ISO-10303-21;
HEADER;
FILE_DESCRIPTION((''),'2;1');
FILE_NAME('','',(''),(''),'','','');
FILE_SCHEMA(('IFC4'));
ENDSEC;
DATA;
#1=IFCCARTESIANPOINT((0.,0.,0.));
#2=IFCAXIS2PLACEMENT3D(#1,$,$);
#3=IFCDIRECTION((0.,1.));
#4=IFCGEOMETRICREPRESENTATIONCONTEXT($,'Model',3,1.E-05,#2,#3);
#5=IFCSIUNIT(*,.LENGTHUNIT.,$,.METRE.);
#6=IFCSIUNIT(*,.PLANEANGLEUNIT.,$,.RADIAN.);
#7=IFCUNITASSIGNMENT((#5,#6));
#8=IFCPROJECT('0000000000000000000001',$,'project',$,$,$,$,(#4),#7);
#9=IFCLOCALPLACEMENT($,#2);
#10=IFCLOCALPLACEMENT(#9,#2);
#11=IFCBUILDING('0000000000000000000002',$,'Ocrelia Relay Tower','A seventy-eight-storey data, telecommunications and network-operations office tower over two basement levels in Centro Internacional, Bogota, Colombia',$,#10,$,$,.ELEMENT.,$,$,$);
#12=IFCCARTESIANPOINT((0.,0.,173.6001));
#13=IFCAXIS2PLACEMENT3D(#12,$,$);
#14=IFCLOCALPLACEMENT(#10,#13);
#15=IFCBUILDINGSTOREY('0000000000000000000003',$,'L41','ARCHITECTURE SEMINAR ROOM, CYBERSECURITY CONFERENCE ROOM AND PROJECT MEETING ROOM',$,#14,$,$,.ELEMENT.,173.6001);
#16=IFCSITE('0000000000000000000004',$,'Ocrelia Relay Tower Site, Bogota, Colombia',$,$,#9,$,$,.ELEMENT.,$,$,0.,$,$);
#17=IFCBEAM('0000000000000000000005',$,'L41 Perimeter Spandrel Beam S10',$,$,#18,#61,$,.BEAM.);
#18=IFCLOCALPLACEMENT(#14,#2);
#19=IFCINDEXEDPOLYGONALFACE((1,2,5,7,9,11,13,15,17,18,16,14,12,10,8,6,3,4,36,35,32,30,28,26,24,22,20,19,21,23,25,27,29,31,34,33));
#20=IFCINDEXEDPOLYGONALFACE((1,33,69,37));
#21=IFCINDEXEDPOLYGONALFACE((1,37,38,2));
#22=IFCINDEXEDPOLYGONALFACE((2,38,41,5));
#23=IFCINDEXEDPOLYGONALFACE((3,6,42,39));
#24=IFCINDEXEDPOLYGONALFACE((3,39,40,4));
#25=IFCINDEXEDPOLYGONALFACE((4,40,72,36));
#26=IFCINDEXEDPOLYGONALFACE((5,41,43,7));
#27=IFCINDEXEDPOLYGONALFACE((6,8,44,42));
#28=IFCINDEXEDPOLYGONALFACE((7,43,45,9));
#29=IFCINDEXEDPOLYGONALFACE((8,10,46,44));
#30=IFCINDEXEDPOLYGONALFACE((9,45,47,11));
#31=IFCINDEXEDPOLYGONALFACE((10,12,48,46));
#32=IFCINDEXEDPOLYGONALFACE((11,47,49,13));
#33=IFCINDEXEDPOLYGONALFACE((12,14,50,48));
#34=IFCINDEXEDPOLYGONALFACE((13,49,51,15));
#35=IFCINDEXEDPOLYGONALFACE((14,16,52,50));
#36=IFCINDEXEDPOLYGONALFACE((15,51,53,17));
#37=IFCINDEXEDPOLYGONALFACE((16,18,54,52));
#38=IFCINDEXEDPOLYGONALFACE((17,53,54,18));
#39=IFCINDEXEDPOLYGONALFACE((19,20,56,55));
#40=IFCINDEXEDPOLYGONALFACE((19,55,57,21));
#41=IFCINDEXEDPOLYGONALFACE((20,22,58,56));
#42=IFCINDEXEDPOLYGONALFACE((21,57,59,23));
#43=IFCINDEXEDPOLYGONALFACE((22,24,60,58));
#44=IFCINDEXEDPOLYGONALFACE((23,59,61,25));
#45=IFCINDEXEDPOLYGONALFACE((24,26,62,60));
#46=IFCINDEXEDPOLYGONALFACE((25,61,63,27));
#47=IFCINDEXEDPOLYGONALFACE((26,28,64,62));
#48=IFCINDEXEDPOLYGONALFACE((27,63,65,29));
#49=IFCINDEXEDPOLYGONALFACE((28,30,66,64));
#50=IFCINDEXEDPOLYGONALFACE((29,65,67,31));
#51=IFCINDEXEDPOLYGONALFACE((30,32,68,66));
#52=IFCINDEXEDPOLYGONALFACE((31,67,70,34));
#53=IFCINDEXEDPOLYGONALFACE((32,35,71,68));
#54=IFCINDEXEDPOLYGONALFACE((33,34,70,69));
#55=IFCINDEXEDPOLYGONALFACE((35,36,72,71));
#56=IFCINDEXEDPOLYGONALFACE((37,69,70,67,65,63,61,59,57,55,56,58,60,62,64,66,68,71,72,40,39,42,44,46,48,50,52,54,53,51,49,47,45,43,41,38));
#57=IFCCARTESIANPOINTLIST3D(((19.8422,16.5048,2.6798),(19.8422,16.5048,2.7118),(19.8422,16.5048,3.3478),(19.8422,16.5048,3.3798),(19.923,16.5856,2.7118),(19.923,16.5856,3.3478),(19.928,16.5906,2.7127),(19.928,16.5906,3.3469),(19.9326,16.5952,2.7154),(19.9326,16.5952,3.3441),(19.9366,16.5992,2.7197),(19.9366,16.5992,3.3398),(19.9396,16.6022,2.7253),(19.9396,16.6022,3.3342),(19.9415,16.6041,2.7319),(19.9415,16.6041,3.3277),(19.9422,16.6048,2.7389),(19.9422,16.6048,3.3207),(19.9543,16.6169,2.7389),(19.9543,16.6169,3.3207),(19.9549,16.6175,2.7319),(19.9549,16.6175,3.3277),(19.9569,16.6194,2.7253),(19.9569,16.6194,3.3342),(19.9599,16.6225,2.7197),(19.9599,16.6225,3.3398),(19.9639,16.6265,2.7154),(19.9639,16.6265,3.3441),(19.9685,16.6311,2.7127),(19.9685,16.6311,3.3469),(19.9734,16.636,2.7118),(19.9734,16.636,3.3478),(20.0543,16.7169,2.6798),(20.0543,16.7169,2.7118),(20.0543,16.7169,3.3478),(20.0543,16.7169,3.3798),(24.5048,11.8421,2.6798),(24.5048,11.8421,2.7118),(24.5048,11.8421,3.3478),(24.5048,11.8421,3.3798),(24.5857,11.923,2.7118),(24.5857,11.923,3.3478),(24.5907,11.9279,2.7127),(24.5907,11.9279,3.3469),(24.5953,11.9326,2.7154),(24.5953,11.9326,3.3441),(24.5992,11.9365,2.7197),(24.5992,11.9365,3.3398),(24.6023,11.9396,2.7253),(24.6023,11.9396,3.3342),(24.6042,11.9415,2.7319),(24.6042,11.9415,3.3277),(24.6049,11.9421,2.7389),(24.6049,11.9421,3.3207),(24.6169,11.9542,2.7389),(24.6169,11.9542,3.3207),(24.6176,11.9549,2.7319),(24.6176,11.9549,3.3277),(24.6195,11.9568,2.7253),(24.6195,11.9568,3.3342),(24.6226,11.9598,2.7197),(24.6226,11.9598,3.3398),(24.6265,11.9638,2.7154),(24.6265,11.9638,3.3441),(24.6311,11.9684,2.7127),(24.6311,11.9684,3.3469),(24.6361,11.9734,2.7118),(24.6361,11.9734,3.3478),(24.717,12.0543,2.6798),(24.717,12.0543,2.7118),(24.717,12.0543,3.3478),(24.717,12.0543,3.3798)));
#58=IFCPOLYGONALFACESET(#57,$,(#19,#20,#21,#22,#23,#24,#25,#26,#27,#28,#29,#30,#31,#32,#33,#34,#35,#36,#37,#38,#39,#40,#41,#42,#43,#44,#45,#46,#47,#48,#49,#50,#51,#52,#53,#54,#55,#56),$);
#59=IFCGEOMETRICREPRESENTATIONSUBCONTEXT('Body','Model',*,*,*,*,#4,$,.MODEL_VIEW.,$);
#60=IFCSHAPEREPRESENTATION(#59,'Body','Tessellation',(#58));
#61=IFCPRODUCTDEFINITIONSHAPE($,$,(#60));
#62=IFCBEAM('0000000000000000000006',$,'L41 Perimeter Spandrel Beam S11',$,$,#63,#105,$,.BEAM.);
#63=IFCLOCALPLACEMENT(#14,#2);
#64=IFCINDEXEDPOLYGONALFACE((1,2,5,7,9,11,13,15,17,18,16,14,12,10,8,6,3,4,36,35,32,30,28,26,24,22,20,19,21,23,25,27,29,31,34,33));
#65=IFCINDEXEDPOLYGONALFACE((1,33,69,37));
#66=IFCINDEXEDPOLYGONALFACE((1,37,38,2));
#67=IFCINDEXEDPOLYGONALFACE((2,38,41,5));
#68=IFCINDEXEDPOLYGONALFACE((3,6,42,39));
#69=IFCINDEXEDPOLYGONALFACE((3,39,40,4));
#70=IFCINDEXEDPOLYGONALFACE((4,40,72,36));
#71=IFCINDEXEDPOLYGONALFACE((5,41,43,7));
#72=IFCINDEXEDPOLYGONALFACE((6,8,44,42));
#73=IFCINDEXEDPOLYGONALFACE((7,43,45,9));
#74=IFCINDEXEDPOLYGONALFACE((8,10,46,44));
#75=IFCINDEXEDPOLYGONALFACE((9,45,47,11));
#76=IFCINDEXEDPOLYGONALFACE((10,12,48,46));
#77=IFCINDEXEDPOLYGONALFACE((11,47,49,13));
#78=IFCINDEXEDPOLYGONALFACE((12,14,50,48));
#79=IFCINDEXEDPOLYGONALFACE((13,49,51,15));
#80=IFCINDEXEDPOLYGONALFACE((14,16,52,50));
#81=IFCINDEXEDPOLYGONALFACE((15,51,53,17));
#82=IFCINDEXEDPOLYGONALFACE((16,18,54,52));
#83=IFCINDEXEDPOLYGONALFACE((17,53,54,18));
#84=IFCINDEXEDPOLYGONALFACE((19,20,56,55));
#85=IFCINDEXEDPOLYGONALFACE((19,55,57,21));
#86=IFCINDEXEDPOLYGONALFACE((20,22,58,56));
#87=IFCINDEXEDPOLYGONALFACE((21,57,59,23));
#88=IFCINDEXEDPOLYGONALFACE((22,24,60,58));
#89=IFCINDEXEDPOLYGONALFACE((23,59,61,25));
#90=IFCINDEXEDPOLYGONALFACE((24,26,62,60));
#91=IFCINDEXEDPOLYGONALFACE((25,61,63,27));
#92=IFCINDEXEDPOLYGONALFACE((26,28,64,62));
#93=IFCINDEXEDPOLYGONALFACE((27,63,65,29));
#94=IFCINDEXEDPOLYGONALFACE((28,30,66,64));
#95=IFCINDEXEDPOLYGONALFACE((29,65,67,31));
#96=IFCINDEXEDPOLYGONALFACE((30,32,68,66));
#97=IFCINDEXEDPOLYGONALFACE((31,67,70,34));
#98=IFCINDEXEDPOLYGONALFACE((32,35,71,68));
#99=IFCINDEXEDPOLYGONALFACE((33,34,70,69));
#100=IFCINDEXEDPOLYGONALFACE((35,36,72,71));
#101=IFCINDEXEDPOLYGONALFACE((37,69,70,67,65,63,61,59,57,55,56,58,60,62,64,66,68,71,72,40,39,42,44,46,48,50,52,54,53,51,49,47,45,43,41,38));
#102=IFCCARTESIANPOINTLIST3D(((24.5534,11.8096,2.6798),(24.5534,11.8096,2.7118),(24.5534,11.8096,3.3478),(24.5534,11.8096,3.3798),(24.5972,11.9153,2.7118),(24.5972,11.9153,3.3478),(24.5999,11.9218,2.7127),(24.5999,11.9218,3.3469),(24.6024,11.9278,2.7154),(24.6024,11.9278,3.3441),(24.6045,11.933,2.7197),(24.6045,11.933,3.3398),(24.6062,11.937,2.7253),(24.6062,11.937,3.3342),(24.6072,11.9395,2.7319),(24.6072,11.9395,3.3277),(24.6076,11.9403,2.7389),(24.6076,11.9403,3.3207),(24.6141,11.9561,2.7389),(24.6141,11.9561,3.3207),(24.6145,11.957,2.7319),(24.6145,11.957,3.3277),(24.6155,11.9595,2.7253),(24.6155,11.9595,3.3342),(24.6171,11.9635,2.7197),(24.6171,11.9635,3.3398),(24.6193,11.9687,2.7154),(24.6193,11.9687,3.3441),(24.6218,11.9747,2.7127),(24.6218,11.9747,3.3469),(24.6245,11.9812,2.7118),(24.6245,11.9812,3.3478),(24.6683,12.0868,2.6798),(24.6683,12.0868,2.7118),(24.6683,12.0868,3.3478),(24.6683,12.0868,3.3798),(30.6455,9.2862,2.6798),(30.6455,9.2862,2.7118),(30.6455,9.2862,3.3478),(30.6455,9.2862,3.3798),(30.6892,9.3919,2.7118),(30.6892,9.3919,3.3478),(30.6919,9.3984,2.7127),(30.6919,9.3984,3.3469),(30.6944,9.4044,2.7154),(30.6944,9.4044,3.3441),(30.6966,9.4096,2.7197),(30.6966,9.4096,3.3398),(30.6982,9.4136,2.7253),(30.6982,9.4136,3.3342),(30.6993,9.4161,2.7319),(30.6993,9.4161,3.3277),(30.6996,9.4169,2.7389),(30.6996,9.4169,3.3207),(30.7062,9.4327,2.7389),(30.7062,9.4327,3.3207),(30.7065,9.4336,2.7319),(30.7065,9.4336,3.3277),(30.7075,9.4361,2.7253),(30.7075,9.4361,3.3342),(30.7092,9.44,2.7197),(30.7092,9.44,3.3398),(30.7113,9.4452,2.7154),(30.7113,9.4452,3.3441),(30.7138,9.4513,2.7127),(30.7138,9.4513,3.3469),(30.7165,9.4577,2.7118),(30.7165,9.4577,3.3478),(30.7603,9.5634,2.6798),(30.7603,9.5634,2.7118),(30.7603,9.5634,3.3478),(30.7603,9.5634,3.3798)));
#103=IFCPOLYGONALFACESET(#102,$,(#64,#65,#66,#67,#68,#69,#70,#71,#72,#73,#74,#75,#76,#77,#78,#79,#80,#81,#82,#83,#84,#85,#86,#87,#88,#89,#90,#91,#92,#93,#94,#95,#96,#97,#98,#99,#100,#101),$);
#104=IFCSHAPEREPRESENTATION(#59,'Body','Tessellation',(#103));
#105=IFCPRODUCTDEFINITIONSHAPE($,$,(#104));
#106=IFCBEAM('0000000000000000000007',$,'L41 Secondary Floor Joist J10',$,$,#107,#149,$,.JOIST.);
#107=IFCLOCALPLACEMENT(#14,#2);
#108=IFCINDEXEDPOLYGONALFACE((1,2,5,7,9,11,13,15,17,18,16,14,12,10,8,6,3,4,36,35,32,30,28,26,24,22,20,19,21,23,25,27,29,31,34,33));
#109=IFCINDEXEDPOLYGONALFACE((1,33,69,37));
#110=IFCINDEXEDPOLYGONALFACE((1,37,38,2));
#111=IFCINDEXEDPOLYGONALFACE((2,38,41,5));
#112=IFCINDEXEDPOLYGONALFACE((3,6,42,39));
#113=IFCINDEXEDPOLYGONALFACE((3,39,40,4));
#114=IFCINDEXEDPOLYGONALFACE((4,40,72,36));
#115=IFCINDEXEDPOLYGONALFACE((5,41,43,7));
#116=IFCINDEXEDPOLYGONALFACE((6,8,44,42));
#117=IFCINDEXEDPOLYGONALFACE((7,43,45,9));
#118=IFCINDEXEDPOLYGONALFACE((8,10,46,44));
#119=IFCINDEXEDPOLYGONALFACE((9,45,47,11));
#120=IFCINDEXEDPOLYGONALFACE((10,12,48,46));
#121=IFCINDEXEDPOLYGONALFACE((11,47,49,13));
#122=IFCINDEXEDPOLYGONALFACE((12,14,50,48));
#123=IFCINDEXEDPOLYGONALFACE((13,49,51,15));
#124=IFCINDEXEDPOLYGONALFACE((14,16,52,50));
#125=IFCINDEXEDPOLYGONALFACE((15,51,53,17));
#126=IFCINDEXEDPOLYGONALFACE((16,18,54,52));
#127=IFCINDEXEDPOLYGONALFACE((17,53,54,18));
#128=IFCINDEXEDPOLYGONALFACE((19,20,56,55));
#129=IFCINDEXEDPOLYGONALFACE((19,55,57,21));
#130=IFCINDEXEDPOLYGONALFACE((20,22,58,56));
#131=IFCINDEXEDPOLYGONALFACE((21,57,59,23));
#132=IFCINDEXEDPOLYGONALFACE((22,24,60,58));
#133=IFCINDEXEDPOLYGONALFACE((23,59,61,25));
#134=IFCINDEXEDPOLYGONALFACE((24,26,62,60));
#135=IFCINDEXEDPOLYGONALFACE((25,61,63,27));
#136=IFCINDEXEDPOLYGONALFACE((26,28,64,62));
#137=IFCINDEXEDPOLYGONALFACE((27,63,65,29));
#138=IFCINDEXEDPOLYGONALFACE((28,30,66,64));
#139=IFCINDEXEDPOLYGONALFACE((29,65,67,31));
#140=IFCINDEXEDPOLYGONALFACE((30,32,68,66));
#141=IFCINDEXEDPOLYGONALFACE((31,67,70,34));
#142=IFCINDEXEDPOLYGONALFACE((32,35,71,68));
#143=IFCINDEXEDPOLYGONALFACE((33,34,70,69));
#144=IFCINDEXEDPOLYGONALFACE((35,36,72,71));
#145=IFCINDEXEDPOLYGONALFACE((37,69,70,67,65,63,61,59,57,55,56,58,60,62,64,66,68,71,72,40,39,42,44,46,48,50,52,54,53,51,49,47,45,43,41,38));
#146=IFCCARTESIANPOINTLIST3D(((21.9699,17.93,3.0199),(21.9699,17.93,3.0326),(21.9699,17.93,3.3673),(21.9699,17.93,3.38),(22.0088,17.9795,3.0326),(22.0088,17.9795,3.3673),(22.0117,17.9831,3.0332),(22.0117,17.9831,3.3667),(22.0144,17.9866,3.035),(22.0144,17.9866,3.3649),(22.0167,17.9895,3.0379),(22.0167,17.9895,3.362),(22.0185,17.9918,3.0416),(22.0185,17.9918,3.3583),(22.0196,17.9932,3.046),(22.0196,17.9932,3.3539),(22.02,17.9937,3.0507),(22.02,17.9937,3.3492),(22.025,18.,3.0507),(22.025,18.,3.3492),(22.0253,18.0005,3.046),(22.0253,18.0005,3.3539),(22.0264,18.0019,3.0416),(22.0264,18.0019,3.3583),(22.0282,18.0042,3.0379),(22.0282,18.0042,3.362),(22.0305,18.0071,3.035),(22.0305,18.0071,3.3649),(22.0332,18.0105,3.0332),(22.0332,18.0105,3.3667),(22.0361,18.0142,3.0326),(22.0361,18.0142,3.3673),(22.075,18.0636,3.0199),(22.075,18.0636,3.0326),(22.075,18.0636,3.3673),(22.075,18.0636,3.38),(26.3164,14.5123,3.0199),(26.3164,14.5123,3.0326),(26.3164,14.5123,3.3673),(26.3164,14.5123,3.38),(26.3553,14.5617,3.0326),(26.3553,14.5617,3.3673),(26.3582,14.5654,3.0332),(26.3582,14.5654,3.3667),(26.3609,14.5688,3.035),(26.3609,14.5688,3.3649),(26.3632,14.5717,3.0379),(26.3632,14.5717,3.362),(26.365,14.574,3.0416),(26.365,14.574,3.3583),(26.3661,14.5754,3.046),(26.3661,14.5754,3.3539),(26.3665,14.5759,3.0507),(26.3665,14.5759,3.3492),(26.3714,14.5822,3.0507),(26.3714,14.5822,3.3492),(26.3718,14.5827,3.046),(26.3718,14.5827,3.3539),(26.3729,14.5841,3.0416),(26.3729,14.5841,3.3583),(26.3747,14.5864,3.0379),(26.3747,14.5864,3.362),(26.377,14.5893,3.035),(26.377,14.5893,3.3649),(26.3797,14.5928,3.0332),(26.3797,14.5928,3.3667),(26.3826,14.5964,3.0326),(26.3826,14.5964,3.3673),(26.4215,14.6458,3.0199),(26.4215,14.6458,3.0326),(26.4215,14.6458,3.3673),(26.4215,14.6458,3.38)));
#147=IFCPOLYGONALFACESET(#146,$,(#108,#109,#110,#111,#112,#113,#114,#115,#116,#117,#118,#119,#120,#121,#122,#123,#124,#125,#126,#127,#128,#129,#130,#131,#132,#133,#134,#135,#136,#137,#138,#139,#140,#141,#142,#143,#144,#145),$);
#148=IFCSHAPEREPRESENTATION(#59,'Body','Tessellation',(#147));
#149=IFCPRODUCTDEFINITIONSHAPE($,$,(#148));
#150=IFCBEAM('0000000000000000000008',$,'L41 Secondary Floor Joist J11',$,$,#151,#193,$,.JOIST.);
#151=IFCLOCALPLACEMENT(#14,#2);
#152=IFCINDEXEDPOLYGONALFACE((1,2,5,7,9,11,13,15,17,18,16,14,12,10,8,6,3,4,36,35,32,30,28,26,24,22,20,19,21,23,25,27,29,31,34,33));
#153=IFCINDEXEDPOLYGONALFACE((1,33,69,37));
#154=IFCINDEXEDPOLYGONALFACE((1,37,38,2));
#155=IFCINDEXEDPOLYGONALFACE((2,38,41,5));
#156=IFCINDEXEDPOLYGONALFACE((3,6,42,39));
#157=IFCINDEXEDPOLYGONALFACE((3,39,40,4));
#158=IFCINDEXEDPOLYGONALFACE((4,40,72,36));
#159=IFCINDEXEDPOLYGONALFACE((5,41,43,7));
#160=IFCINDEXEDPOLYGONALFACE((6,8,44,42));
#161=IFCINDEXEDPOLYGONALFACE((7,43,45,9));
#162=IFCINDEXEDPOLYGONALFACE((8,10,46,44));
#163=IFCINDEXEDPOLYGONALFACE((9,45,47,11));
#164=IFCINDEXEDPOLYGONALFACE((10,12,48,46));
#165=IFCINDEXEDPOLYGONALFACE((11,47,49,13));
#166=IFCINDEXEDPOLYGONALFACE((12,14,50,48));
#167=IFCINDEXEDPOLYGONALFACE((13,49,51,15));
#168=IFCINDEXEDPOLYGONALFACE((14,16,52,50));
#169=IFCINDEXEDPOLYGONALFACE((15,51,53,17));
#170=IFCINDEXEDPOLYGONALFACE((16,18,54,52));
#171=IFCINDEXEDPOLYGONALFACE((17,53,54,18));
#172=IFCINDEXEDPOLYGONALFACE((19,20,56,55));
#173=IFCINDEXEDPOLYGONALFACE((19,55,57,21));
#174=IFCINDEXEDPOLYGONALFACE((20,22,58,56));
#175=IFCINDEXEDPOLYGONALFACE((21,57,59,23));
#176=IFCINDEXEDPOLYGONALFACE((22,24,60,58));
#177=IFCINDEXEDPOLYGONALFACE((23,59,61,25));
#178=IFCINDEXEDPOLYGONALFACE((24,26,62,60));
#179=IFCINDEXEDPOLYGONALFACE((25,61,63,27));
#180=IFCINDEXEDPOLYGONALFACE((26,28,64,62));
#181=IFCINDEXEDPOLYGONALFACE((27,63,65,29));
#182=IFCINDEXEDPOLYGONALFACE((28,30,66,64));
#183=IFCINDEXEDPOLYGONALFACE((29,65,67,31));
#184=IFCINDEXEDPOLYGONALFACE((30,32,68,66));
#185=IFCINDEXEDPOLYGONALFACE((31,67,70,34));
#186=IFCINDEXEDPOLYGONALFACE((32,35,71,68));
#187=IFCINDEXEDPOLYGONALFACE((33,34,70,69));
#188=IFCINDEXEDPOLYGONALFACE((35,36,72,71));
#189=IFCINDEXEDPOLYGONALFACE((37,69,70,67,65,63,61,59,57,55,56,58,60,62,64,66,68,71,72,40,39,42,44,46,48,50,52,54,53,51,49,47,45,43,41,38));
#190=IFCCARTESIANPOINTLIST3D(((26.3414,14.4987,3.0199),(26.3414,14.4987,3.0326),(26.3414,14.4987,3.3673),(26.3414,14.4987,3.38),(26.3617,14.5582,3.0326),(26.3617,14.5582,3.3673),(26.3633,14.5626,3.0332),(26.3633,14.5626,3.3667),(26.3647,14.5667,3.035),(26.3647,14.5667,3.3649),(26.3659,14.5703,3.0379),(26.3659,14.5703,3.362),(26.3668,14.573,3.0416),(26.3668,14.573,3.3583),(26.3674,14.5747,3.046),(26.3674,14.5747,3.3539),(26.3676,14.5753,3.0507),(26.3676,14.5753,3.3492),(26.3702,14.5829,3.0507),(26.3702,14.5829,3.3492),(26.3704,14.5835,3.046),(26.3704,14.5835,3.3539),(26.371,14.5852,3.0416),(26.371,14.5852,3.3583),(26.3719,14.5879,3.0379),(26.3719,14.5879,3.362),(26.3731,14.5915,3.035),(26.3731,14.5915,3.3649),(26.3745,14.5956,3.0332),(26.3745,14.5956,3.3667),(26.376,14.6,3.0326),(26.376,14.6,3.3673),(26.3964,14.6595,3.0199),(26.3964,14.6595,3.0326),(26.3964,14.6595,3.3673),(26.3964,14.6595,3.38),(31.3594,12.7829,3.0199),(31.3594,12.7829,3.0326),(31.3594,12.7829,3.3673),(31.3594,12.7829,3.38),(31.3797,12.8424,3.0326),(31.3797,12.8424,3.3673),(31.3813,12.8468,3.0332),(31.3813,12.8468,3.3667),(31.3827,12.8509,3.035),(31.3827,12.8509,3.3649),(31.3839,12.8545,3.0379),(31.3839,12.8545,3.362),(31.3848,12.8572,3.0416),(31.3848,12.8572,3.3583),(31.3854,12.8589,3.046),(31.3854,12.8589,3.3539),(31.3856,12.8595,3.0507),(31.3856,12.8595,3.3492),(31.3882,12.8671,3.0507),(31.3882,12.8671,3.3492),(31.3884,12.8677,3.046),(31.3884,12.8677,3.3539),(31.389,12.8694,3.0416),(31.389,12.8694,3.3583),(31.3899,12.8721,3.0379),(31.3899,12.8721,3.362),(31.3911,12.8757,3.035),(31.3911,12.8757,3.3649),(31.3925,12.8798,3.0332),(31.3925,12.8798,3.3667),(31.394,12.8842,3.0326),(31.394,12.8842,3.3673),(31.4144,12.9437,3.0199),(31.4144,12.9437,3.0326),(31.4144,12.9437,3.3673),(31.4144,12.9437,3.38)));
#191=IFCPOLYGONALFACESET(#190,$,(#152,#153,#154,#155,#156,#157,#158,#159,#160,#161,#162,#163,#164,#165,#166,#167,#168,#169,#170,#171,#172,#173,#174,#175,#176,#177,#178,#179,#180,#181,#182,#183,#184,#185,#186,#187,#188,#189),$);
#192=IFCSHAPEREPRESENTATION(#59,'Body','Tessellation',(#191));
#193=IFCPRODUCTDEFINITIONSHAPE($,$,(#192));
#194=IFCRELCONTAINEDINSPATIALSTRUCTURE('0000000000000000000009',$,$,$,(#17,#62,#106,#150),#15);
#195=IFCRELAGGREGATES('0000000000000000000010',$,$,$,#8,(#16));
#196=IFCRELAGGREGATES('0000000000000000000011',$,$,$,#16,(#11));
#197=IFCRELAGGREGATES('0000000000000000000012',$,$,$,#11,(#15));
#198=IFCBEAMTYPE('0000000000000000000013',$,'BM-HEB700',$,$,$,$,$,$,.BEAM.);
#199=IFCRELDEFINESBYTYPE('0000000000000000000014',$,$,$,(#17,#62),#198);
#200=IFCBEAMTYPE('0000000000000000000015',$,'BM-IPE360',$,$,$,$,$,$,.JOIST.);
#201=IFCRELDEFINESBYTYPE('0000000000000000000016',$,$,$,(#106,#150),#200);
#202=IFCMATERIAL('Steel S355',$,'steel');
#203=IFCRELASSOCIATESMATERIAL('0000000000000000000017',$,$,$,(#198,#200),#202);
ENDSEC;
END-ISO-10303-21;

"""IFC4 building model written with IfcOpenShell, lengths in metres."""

from ifc_helpers import new_model, si_unit, direction, frame, origin, origin_2d, place, context, subcontext, project, spatial, i_section, extrude, material, material_profile, profile_set, type_object, element, save


model = new_model("IFC4")

# Units and contexts
model_context = context("Model", 3, precision=1e-05, world=origin(), true_north=direction((0.0, 1.0)))
body_context = subcontext(model_context, "Body", "Model", "MODEL_VIEW")
ifc_project = project(units=[si_unit("LENGTHUNIT", "METRE"), si_unit("PLANEANGLEUNIT", "RADIAN")], contexts=[model_context])

# Site, building, storey
site_placement = place(None, origin())
site = spatial("IfcSite", under=ifc_project, at=site_placement, Name="Ocrelia Relay Tower Site, Bogota, Colombia", CompositionType="ELEMENT", RefElevation=0.0)
building_placement = place(site_placement, origin())
building = spatial("IfcBuilding", under=site, at=building_placement, Name="Ocrelia Relay Tower", Description="A seventy-eight-storey data, telecommunications and network-operations office tower over two basement levels in Centro Internacional, Bogota, Colombia", CompositionType="ELEMENT")
storey_placement = place(building_placement, frame((0.0, 0.0, 173.6001)))
storey = spatial("IfcBuildingStorey", under=building, at=storey_placement, Name="L41", Description="ARCHITECTURE SEMINAR ROOM, CYBERSECURITY CONFERENCE ROOM AND PROJECT MEETING ROOM", CompositionType="ELEMENT", Elevation=173.6001)

# Beams
ifc_material_1 = material(Name="Steel S355", Category="steel")
ifc_material_profile_1 = material_profile(ifc_material_1, i_section(OverallWidth=0.3, OverallDepth=0.7, WebThickness=0.0171, FlangeThickness=0.032, FilletRadius=0.0271, at=origin_2d()), Name="HEB 700")
ifc_profile_set_1 = profile_set([ifc_material_profile_1], Name="Steel S355")
beam_type_1 = type_object("IfcBeamType", Name="BM-HEB700", PredefinedType="BEAM", material=ifc_profile_set_1)
for number, where, z_axis, x_axis, name in (
    (1, (19.9482, 16.6108, 3.0298), (0.707107, -0.707107, 0.0), (0.707107, 0.707107, 0.0), "L41 Perimeter Spandrel Beam S10"),
    (2, (24.6108, 11.9482, 3.0298), (0.923878, -0.382688, 0.0), (0.382688, 0.923878, 0.0), "L41 Perimeter Spandrel Beam S11"),
):
    element("IfcBeam", number, at=place(storey_placement, frame(where, z_axis=z_axis, x_axis=x_axis)), inside=storey, type_object=beam_type_1, Name=name, PredefinedType="BEAM", context=body_context, shape_type="SweptSolid", body=[
        extrude(i_section(OverallWidth=0.3, OverallDepth=0.7, WebThickness=0.0171, FlangeThickness=0.032, FilletRadius=0.0271, at=origin_2d()), origin(), (0.0, 0.0, 1.0), 6.594),
    ])
ifc_material_profile_2 = material_profile(ifc_material_1, i_section(OverallWidth=0.1699, OverallDepth=0.3601, WebThickness=0.0081, FlangeThickness=0.0127, FilletRadius=0.0181, at=origin_2d()), Name="IPE 360")
ifc_profile_set_2 = profile_set([ifc_material_profile_2], Name="Steel S355")
beam_type_2 = type_object("IfcBeamType", Name="BM-IPE360", PredefinedType="JOIST", material=ifc_profile_set_2)
beam_1_placement = place(storey_placement, frame((22.0225, 17.9968, 3.2), z_axis=(0.786084, -0.61812, 0.0), x_axis=(0.61812, 0.786084, 0.0)))
element("IfcBeam", 3, at=beam_1_placement, inside=storey, type_object=beam_type_2, Name="L41 Secondary Floor Joist J10", PredefinedType="JOIST", context=body_context, shape_type="SweptSolid", body=[
    extrude(i_section(OverallWidth=0.1699, OverallDepth=0.3601, WebThickness=0.0081, FlangeThickness=0.0127, FilletRadius=0.0181, at=origin_2d()), origin(), (0.0, 0.0, 1.0), 5.5293),
])
beam_2_placement = place(storey_placement, frame((26.3689, 14.5791, 3.2), z_axis=(0.946215, -0.323538, 0.0), x_axis=(0.323538, 0.946215, 0.0)))
element("IfcBeam", 4, at=beam_2_placement, inside=storey, type_object=beam_type_2, Name="L41 Secondary Floor Joist J11", PredefinedType="JOIST", context=body_context, shape_type="SweptSolid", body=[
    extrude(i_section(OverallWidth=0.1699, OverallDepth=0.3601, WebThickness=0.0081, FlangeThickness=0.0127, FilletRadius=0.0181, at=origin_2d()), origin(), (0.0, 0.0, 1.0), 5.3032),
])

save(model, "model.ifc")
